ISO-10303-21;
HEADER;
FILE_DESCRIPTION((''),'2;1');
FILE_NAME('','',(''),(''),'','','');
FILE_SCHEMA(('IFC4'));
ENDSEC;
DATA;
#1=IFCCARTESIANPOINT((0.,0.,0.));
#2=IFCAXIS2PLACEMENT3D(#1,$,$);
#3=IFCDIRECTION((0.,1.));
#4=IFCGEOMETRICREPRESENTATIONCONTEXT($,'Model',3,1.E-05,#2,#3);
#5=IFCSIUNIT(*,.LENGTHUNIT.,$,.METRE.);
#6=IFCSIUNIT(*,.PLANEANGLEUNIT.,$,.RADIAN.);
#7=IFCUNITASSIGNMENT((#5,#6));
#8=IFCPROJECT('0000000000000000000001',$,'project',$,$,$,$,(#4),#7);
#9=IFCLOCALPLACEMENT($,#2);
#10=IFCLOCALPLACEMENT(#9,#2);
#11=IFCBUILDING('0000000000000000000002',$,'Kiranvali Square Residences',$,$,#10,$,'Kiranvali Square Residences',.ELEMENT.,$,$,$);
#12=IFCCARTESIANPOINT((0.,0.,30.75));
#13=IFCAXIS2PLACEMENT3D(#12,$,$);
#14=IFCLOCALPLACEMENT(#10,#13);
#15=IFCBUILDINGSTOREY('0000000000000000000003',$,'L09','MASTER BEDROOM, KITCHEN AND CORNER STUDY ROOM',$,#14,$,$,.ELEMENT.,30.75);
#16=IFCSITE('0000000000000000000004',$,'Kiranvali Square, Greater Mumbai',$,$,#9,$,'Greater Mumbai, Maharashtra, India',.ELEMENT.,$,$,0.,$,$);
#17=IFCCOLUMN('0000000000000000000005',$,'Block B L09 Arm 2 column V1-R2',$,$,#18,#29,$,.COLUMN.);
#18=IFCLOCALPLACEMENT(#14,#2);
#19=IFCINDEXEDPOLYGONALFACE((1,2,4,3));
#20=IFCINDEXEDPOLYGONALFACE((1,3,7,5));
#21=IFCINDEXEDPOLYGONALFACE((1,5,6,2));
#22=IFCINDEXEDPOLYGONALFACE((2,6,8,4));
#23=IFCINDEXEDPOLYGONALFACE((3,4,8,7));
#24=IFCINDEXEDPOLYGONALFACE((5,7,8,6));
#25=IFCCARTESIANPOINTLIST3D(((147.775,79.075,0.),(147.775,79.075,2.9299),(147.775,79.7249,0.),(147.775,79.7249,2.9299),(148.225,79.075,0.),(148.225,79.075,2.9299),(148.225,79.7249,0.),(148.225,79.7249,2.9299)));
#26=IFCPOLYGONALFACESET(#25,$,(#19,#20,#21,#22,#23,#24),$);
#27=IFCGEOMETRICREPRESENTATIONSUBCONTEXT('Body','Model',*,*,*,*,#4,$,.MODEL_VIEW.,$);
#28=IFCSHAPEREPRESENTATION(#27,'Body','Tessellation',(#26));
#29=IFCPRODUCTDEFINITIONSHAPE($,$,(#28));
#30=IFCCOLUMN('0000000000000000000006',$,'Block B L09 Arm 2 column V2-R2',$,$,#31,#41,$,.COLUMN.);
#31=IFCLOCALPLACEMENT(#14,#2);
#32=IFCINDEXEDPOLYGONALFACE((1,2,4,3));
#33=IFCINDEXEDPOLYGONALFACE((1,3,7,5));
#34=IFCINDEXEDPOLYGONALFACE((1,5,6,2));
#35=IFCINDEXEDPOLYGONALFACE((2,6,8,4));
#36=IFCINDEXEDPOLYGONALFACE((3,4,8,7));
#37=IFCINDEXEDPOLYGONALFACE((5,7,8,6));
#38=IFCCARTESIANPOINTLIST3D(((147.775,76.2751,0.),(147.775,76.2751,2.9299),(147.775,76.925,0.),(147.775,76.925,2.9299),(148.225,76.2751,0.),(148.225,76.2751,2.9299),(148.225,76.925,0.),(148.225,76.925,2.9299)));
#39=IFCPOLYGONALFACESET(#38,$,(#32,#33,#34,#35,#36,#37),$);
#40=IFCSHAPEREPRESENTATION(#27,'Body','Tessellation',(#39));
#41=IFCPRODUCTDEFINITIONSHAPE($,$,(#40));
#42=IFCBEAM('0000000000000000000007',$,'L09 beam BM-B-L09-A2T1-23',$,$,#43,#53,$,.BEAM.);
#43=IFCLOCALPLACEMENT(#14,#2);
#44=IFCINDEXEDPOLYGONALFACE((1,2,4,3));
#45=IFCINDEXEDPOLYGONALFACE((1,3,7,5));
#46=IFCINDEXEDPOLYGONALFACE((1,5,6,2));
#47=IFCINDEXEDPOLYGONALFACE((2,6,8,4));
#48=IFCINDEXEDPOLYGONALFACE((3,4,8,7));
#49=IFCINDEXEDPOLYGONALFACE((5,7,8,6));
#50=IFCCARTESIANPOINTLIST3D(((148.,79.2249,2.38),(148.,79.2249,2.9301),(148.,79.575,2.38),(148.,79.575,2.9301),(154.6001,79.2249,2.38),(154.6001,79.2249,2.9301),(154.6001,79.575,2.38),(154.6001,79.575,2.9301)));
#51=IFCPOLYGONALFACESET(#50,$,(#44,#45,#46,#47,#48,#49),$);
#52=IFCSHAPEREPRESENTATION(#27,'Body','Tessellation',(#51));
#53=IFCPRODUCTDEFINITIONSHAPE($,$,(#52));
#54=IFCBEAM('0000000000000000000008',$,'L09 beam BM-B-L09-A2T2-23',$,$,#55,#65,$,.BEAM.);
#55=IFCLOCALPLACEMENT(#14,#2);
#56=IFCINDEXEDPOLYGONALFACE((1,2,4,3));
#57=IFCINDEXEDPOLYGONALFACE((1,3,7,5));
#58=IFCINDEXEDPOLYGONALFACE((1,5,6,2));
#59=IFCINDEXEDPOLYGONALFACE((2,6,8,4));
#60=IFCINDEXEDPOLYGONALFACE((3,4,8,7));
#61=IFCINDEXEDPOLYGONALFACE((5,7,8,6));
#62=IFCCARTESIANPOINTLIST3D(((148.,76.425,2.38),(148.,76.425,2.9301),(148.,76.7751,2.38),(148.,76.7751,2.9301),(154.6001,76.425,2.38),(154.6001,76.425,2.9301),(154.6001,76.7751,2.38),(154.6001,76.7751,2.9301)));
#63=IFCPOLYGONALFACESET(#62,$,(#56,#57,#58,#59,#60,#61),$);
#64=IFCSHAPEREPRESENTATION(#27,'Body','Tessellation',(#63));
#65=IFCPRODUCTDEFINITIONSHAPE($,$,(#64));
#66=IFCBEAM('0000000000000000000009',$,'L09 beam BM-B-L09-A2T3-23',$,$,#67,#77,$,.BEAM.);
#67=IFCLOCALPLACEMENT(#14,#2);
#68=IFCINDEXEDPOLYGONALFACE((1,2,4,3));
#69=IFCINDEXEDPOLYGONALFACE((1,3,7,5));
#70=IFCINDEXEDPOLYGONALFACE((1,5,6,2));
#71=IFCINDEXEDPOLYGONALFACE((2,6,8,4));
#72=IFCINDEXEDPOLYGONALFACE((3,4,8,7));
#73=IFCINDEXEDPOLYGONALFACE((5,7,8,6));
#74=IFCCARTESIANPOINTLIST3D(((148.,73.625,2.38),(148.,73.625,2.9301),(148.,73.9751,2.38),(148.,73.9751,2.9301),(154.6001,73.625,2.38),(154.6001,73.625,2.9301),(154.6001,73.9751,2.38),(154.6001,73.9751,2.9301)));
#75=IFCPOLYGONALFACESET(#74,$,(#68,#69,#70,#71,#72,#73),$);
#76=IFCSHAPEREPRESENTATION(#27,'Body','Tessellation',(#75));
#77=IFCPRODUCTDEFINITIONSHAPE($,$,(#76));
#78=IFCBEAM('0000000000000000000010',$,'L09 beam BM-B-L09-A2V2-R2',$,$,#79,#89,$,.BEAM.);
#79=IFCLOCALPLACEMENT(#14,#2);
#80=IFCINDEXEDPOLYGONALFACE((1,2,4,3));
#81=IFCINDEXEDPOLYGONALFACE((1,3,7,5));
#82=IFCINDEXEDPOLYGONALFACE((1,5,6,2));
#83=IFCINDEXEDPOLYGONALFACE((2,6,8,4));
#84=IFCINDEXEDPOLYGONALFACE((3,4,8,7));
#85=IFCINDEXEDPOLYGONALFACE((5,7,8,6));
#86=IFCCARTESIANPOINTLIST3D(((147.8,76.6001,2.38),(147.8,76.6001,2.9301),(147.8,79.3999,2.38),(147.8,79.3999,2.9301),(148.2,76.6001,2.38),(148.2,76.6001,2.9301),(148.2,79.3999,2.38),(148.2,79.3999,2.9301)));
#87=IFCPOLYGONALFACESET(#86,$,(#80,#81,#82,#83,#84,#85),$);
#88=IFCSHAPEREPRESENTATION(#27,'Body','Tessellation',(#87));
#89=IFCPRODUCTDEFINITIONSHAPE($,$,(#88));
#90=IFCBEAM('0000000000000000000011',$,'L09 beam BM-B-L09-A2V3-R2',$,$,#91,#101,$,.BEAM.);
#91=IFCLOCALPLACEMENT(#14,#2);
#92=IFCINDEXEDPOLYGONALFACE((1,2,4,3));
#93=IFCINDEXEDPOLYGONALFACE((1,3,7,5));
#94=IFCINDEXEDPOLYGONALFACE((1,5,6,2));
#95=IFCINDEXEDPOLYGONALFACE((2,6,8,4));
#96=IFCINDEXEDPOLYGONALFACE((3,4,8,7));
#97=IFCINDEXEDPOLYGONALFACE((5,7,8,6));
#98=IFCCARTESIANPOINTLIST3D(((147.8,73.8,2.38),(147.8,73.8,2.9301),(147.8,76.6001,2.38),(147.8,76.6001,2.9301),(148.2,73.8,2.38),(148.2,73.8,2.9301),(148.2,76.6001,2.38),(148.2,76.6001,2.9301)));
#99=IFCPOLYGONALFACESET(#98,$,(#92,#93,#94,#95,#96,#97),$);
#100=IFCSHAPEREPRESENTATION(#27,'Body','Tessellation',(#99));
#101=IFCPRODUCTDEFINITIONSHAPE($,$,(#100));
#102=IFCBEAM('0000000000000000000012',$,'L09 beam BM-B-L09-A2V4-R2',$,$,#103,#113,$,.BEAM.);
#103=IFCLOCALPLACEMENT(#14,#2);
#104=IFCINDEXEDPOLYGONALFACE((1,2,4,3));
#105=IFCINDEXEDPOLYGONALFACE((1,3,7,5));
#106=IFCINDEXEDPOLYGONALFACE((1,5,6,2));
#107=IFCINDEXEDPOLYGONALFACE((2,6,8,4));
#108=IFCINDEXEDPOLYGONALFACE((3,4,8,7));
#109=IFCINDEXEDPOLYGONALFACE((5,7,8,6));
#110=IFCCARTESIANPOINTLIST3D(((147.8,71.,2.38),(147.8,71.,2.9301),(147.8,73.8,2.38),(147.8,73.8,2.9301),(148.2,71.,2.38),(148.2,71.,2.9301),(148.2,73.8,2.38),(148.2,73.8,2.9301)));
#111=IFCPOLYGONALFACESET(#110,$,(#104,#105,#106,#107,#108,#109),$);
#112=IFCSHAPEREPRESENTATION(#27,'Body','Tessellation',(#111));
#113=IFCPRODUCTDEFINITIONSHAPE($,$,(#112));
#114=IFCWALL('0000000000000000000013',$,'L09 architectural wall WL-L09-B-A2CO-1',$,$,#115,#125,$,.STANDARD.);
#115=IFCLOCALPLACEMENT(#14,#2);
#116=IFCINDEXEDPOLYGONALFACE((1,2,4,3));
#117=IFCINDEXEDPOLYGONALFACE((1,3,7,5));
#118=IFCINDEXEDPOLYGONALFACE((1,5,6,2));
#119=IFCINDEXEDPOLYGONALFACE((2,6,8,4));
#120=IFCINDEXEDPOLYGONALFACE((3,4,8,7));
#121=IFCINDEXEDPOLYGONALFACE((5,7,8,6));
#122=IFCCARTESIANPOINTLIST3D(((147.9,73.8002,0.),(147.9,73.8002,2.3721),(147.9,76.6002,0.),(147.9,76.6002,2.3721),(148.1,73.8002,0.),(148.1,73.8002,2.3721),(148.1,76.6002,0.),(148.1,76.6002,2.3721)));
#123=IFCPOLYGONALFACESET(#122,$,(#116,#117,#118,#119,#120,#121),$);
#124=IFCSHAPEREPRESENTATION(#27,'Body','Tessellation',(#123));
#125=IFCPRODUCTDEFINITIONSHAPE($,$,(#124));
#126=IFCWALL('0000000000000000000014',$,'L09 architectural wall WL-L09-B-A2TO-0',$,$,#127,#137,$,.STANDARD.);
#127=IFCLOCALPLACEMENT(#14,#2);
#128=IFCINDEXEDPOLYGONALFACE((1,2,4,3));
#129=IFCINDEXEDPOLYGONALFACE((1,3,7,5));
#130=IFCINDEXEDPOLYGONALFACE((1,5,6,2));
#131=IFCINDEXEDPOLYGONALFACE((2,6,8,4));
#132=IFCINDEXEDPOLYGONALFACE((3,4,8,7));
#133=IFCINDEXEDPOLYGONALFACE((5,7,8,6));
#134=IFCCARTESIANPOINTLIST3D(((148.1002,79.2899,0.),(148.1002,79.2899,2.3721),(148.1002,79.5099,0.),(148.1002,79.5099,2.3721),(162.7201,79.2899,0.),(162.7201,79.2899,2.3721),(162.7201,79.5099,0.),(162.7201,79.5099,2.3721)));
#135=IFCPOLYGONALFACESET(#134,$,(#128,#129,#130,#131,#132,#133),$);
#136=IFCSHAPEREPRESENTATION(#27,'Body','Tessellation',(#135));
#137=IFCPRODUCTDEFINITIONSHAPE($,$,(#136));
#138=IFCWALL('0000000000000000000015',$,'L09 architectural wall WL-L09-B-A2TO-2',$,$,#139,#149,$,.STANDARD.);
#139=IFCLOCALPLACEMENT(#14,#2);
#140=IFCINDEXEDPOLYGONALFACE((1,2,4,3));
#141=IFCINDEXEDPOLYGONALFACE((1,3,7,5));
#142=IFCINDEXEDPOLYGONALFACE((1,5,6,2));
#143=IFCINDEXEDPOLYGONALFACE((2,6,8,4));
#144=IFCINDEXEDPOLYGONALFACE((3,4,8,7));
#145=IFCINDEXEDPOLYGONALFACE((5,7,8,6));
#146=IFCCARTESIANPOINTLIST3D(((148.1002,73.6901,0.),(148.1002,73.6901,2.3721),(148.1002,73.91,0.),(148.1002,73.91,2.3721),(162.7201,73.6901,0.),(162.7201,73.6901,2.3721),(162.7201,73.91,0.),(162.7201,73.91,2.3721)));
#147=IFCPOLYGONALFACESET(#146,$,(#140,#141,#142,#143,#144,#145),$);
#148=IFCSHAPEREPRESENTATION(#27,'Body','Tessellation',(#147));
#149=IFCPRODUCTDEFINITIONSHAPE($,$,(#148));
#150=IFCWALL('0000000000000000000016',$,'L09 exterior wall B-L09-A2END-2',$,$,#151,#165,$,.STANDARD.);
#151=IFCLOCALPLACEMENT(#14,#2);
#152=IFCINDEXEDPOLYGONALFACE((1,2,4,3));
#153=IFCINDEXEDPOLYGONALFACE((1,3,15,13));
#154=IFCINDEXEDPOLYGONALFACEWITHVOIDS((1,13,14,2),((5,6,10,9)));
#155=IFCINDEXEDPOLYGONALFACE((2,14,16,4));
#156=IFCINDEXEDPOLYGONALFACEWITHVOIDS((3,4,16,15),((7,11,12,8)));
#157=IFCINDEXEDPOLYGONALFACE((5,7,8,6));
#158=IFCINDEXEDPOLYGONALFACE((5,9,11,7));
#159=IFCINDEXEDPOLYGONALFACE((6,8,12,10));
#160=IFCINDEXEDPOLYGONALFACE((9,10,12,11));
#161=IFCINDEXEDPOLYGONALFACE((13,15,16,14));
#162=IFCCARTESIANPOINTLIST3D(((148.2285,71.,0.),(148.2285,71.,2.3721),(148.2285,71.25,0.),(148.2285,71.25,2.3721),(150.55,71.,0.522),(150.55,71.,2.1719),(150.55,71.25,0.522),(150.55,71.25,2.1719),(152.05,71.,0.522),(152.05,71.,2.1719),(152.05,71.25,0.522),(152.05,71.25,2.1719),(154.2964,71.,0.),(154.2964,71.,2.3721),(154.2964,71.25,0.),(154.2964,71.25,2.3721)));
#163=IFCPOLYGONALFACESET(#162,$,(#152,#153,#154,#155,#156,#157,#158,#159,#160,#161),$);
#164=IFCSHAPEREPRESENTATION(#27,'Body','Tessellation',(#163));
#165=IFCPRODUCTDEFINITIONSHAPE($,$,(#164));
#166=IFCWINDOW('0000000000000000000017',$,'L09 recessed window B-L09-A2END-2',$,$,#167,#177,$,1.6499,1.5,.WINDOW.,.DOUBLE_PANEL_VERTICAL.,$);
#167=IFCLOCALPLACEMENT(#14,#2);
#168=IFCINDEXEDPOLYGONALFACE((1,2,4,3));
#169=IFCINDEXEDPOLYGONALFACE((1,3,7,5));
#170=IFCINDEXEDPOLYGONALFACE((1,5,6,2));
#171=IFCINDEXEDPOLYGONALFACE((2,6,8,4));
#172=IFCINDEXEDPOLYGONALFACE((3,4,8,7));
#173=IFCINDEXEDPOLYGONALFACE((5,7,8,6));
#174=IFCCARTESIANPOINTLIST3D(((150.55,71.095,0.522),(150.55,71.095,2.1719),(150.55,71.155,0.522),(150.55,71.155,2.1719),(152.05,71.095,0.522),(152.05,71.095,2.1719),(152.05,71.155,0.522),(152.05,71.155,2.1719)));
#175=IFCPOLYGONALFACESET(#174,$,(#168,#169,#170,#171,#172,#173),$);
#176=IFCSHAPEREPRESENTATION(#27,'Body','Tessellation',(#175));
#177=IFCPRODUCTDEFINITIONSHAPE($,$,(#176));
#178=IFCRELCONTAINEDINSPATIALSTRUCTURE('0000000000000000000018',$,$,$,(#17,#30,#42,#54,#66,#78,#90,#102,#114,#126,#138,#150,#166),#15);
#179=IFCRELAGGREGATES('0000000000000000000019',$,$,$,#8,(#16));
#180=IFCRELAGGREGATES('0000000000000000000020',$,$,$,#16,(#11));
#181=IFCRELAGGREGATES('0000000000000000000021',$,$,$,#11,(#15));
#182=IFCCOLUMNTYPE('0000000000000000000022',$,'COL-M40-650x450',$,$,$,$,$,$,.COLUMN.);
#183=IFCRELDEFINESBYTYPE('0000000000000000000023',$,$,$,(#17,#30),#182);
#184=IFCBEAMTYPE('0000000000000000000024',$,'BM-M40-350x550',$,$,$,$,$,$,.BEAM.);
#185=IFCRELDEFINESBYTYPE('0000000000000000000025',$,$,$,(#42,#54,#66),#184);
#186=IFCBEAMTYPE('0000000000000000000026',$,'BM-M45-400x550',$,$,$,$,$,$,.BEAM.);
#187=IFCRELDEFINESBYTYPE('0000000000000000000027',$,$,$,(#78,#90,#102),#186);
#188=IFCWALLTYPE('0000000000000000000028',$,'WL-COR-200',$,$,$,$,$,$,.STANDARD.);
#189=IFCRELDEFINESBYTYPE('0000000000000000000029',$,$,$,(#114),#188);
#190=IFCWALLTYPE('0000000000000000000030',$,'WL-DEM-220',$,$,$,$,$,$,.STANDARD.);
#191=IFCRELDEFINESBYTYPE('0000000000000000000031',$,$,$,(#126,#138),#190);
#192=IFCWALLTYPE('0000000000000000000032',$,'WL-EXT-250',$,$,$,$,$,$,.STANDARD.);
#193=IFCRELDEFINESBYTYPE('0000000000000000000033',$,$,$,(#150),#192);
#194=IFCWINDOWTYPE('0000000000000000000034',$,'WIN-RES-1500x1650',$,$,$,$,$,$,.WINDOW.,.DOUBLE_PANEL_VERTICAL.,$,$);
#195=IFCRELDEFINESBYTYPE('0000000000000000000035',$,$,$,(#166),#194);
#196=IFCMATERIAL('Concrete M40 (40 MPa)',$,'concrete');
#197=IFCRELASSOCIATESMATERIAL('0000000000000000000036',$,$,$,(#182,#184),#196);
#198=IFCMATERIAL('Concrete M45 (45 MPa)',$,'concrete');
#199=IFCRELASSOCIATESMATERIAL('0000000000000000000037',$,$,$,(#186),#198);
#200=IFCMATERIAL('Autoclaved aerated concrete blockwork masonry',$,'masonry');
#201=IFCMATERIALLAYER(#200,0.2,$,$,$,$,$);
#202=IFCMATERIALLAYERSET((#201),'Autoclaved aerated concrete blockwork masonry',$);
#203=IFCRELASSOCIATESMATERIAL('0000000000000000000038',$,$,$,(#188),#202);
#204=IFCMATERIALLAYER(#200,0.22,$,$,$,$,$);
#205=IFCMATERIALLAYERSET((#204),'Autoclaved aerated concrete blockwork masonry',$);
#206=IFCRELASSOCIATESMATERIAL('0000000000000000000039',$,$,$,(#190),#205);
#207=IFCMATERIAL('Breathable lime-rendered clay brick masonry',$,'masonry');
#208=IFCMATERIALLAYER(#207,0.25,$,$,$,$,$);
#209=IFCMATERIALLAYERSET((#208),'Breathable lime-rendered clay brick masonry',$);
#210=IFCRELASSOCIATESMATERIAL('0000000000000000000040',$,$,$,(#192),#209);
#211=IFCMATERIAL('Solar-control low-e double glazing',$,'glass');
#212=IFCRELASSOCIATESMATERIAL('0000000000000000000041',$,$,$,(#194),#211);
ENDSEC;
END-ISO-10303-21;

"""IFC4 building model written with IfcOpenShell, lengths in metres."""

from ifc_helpers import new_model, si_unit, direction, frame, frame_2d, origin, origin_2d, place, context, subcontext, project, spatial, rectangle, extrude, material, layer, layer_set, material_profile, profile_set, type_object, element, fill, save


model = new_model("IFC4")

# Units and contexts
model_context = context("Model", 3, precision=1e-05, world=origin(), true_north=direction((0.0, 1.0)))
body_context = subcontext(model_context, "Body", "Model", "MODEL_VIEW")
ifc_project = project(units=[si_unit("LENGTHUNIT", "METRE"), si_unit("PLANEANGLEUNIT", "RADIAN")], contexts=[model_context])

# Site, building, storey
site_placement = place(None, origin())
site = spatial("IfcSite", under=ifc_project, at=site_placement, Name="Kiranvali Square, Greater Mumbai", LongName="Greater Mumbai, Maharashtra, India", CompositionType="ELEMENT", RefElevation=0.0)
building_placement = place(site_placement, origin())
building = spatial("IfcBuilding", under=site, at=building_placement, Name="Kiranvali Square Residences", LongName="Kiranvali Square Residences", CompositionType="ELEMENT")
storey_placement = place(building_placement, frame((0.0, 0.0, 30.75)))
storey = spatial("IfcBuildingStorey", under=building, at=storey_placement, Name="L09", Description="MASTER BEDROOM, KITCHEN AND CORNER STUDY ROOM", CompositionType="ELEMENT", Elevation=30.75)

# Columns
ifc_material_1 = material(Name="Concrete M40 (40 MPa)", Category="concrete")
ifc_material_profile_1 = material_profile(ifc_material_1, rectangle(XDim=0.45, YDim=0.6499, at=origin_2d()), Name="RC 650x450")
ifc_profile_set_1 = profile_set([ifc_material_profile_1], Name="Concrete M40 (40 MPa)")
column_type = type_object("IfcColumnType", Name="COL-M40-650x450", PredefinedType="COLUMN", material=ifc_profile_set_1)
for number, where, z_axis, x_axis, name in (
    (1, (148.0, 79.3999, 0.0), (0.0, 0.0, 1.0), (1.0, 0.0, 0.0), "Block B L09 Arm 2 column V1-R2"),
    (2, (148.0, 76.6001, 0.0), (0.0, 0.0, 1.0), (1.0, 0.0, 0.0), "Block B L09 Arm 2 column V2-R2"),
):
    element("IfcColumn", number, at=place(storey_placement, frame(where, z_axis=z_axis, x_axis=x_axis)), inside=storey, type_object=column_type, Name=name, PredefinedType="COLUMN", context=body_context, shape_type="SweptSolid", body=[
        extrude(rectangle(XDim=0.45, YDim=0.6499, at=origin_2d()), origin(), (0.0, 0.0, 1.0), 2.9299),
    ])

# Beams
ifc_material_profile_2 = material_profile(ifc_material_1, rectangle(XDim=0.3501, YDim=0.55, at=origin_2d()), Name="RC 350x550")
ifc_profile_set_2 = profile_set([ifc_material_profile_2], Name="Concrete M40 (40 MPa)")
beam_type_1 = type_object("IfcBeamType", Name="BM-M40-350x550", PredefinedType="BEAM", material=ifc_profile_set_2)
for number, where, z_axis, x_axis, name in (
    (3, (148.0, 79.3999, 2.655), (1.0, 0.0, 0.0), (0.0, 1.0, 0.0), "L09 beam BM-B-L09-A2T1-23"),
    (4, (148.0, 76.6001, 2.655), (1.0, 0.0, 0.0), (0.0, 1.0, 0.0), "L09 beam BM-B-L09-A2T2-23"),
    (5, (148.0, 73.8, 2.655), (1.0, 0.0, 0.0), (0.0, 1.0, 0.0), "L09 beam BM-B-L09-A2T3-23"),
):
    element("IfcBeam", number, at=place(storey_placement, frame(where, z_axis=z_axis, x_axis=x_axis)), inside=storey, type_object=beam_type_1, Name=name, PredefinedType="BEAM", context=body_context, shape_type="SweptSolid", body=[
        extrude(rectangle(XDim=0.3501, YDim=0.55, at=origin_2d()), origin(), (0.0, 0.0, 1.0), 6.6001),
    ])
ifc_material_2 = material(Name="Concrete M45 (45 MPa)", Category="concrete")
ifc_material_profile_3 = material_profile(ifc_material_2, rectangle(XDim=0.3999, YDim=0.55, at=origin_2d()), Name="RC 400x550")
ifc_profile_set_3 = profile_set([ifc_material_profile_3], Name="Concrete M45 (45 MPa)")
beam_type_2 = type_object("IfcBeamType", Name="BM-M45-400x550", PredefinedType="BEAM", material=ifc_profile_set_3)
beam_placement = place(storey_placement, frame((148.0, 79.3999, 2.655), z_axis=(0.0, -1.0, 0.0), x_axis=(1.0, 0.0, 0.0)))
element("IfcBeam", 6, at=beam_placement, inside=storey, type_object=beam_type_2, Name="L09 beam BM-B-L09-A2V2-R2", PredefinedType="BEAM", context=body_context, shape_type="SweptSolid", body=[
    extrude(rectangle(XDim=0.3999, YDim=0.55, at=origin_2d()), origin(), (0.0, 0.0, 1.0), 2.7998),
])
for number, where, z_axis, x_axis, name in (
    (7, (148.0, 76.6001, 2.655), (0.0, -1.0, 0.0), (1.0, 0.0, 0.0), "L09 beam BM-B-L09-A2V3-R2"),
    (8, (148.0, 73.8, 2.655), (0.0, -1.0, 0.0), (1.0, 0.0, 0.0), "L09 beam BM-B-L09-A2V4-R2"),
):
    element("IfcBeam", number, at=place(storey_placement, frame(where, z_axis=z_axis, x_axis=x_axis)), inside=storey, type_object=beam_type_2, Name=name, PredefinedType="BEAM", context=body_context, shape_type="SweptSolid", body=[
        extrude(rectangle(XDim=0.3999, YDim=0.55, at=origin_2d()), origin(), (0.0, 0.0, 1.0), 2.8),
    ])

# Shared definitions
ifc_material_3 = material(Name="Autoclaved aerated concrete blockwork masonry", Category="masonry")
ifc_layer_1 = layer(ifc_material_3, 0.2)
ifc_layer_set_1 = layer_set([ifc_layer_1], Name="Autoclaved aerated concrete blockwork masonry")
wall_type_1 = type_object("IfcWallType", Name="WL-COR-200", PredefinedType="STANDARD", material=ifc_layer_set_1)

# Wall
wall_1_placement = place(storey_placement, frame((148.0, 76.6001, 0.0), z_axis=(0.0, 0.0, 1.0), x_axis=(0.0, -1.0, 0.0)))
element("IfcWall", 9, at=wall_1_placement, inside=storey, type_object=wall_type_1, Name="L09 architectural wall WL-L09-B-A2CO-1", PredefinedType="STANDARD", context=body_context, shape_type="SweptSolid", body=[
    extrude(rectangle(XDim=2.8, YDim=0.2, at=frame_2d((1.3999, 0.0))), origin(), (0.0, 0.0, 1.0), 2.3721),
])

# Walls
ifc_layer_2 = layer(ifc_material_3, 0.22)
ifc_layer_set_2 = layer_set([ifc_layer_2], Name="Autoclaved aerated concrete blockwork masonry")
wall_type_2 = type_object("IfcWallType", Name="WL-DEM-220", PredefinedType="STANDARD", material=ifc_layer_set_2)
for number, where, z_axis, x_axis, name in (
    (10, (148.1001, 79.3999, 0.0), (0.0, 0.0, 1.0), (1.0, 0.0, 0.0), "L09 architectural wall WL-L09-B-A2TO-0"),
    (11, (148.1001, 73.8, 0.0), (0.0, 0.0, 1.0), (1.0, 0.0, 0.0), "L09 architectural wall WL-L09-B-A2TO-2"),
):
    element("IfcWall", number, at=place(storey_placement, frame(where, z_axis=z_axis, x_axis=x_axis)), inside=storey, type_object=wall_type_2, Name=name, PredefinedType="STANDARD", context=body_context, shape_type="SweptSolid", body=[
        extrude(rectangle(XDim=14.6199, YDim=0.22, at=frame_2d((7.3101, 0.0))), origin(), (0.0, 0.0, 1.0), 2.3721),
    ])

# Wall, opening, window
ifc_material_4 = material(Name="Breathable lime-rendered clay brick masonry", Category="masonry")
ifc_layer_3 = layer(ifc_material_4, 0.25)
ifc_layer_set_3 = layer_set([ifc_layer_3], Name="Breathable lime-rendered clay brick masonry")
wall_type_3 = type_object("IfcWallType", Name="WL-EXT-250", PredefinedType="STANDARD", material=ifc_layer_set_3)
wall_2_placement = place(storey_placement, frame((148.2285, 71.125, 0.0), z_axis=(0.0, 0.0, 1.0), x_axis=(1.0, 0.0, 0.0)))
wall_2 = element("IfcWall", 12, at=wall_2_placement, inside=storey, type_object=wall_type_3, Name="L09 exterior wall B-L09-A2END-2", PredefinedType="STANDARD", context=body_context, shape_type="SweptSolid", body=[
    extrude(rectangle(XDim=6.0679, YDim=0.25, at=frame_2d((3.0339, 0.0))), origin(), (0.0, 0.0, 1.0), 2.3721),
])
opening_1_placement = place(wall_2_placement, frame((2.3215, 0.0, 0.522)))
opening_1 = element("IfcOpeningElement", 13, at=opening_1_placement, cuts=wall_2, PredefinedType="OPENING", context=body_context, shape_type="SweptSolid", body=[
    extrude(rectangle(XDim=1.5, YDim=1.6499, at=frame_2d((0.75, 0.825))), frame((0.0, 0.135, 0.0), z_axis=(0.0, -1.0, 0.0), x_axis=(1.0, 0.0, 0.0)), (0.0, 0.0, 1.0), 0.27),
])
ifc_material_5 = material(Name="Solar-control low-e double glazing", Category="glass")
window_type = type_object("IfcWindowType", Name="WIN-RES-1500x1650", PartitioningType="DOUBLE_PANEL_VERTICAL", PredefinedType="WINDOW", material=ifc_material_5)
window_placement = place(opening_1_placement, origin())
window = element("IfcWindow", 14, at=window_placement, inside=storey, type_object=window_type, Name="L09 recessed window B-L09-A2END-2", OverallHeight=1.6499, OverallWidth=1.5, PartitioningType="DOUBLE_PANEL_VERTICAL", PredefinedType="WINDOW", context=body_context, shape_type="SweptSolid", body=[
    extrude(rectangle(XDim=1.5, YDim=1.6499, at=frame_2d((0.75, 0.825))), frame((0.0, 0.03, 0.0), z_axis=(0.0, -1.0, 0.0), x_axis=(1.0, 0.0, 0.0)), (0.0, 0.0, 1.0), 0.0601),
])
fill(opening_1, window)

save(model, "model.ifc")
